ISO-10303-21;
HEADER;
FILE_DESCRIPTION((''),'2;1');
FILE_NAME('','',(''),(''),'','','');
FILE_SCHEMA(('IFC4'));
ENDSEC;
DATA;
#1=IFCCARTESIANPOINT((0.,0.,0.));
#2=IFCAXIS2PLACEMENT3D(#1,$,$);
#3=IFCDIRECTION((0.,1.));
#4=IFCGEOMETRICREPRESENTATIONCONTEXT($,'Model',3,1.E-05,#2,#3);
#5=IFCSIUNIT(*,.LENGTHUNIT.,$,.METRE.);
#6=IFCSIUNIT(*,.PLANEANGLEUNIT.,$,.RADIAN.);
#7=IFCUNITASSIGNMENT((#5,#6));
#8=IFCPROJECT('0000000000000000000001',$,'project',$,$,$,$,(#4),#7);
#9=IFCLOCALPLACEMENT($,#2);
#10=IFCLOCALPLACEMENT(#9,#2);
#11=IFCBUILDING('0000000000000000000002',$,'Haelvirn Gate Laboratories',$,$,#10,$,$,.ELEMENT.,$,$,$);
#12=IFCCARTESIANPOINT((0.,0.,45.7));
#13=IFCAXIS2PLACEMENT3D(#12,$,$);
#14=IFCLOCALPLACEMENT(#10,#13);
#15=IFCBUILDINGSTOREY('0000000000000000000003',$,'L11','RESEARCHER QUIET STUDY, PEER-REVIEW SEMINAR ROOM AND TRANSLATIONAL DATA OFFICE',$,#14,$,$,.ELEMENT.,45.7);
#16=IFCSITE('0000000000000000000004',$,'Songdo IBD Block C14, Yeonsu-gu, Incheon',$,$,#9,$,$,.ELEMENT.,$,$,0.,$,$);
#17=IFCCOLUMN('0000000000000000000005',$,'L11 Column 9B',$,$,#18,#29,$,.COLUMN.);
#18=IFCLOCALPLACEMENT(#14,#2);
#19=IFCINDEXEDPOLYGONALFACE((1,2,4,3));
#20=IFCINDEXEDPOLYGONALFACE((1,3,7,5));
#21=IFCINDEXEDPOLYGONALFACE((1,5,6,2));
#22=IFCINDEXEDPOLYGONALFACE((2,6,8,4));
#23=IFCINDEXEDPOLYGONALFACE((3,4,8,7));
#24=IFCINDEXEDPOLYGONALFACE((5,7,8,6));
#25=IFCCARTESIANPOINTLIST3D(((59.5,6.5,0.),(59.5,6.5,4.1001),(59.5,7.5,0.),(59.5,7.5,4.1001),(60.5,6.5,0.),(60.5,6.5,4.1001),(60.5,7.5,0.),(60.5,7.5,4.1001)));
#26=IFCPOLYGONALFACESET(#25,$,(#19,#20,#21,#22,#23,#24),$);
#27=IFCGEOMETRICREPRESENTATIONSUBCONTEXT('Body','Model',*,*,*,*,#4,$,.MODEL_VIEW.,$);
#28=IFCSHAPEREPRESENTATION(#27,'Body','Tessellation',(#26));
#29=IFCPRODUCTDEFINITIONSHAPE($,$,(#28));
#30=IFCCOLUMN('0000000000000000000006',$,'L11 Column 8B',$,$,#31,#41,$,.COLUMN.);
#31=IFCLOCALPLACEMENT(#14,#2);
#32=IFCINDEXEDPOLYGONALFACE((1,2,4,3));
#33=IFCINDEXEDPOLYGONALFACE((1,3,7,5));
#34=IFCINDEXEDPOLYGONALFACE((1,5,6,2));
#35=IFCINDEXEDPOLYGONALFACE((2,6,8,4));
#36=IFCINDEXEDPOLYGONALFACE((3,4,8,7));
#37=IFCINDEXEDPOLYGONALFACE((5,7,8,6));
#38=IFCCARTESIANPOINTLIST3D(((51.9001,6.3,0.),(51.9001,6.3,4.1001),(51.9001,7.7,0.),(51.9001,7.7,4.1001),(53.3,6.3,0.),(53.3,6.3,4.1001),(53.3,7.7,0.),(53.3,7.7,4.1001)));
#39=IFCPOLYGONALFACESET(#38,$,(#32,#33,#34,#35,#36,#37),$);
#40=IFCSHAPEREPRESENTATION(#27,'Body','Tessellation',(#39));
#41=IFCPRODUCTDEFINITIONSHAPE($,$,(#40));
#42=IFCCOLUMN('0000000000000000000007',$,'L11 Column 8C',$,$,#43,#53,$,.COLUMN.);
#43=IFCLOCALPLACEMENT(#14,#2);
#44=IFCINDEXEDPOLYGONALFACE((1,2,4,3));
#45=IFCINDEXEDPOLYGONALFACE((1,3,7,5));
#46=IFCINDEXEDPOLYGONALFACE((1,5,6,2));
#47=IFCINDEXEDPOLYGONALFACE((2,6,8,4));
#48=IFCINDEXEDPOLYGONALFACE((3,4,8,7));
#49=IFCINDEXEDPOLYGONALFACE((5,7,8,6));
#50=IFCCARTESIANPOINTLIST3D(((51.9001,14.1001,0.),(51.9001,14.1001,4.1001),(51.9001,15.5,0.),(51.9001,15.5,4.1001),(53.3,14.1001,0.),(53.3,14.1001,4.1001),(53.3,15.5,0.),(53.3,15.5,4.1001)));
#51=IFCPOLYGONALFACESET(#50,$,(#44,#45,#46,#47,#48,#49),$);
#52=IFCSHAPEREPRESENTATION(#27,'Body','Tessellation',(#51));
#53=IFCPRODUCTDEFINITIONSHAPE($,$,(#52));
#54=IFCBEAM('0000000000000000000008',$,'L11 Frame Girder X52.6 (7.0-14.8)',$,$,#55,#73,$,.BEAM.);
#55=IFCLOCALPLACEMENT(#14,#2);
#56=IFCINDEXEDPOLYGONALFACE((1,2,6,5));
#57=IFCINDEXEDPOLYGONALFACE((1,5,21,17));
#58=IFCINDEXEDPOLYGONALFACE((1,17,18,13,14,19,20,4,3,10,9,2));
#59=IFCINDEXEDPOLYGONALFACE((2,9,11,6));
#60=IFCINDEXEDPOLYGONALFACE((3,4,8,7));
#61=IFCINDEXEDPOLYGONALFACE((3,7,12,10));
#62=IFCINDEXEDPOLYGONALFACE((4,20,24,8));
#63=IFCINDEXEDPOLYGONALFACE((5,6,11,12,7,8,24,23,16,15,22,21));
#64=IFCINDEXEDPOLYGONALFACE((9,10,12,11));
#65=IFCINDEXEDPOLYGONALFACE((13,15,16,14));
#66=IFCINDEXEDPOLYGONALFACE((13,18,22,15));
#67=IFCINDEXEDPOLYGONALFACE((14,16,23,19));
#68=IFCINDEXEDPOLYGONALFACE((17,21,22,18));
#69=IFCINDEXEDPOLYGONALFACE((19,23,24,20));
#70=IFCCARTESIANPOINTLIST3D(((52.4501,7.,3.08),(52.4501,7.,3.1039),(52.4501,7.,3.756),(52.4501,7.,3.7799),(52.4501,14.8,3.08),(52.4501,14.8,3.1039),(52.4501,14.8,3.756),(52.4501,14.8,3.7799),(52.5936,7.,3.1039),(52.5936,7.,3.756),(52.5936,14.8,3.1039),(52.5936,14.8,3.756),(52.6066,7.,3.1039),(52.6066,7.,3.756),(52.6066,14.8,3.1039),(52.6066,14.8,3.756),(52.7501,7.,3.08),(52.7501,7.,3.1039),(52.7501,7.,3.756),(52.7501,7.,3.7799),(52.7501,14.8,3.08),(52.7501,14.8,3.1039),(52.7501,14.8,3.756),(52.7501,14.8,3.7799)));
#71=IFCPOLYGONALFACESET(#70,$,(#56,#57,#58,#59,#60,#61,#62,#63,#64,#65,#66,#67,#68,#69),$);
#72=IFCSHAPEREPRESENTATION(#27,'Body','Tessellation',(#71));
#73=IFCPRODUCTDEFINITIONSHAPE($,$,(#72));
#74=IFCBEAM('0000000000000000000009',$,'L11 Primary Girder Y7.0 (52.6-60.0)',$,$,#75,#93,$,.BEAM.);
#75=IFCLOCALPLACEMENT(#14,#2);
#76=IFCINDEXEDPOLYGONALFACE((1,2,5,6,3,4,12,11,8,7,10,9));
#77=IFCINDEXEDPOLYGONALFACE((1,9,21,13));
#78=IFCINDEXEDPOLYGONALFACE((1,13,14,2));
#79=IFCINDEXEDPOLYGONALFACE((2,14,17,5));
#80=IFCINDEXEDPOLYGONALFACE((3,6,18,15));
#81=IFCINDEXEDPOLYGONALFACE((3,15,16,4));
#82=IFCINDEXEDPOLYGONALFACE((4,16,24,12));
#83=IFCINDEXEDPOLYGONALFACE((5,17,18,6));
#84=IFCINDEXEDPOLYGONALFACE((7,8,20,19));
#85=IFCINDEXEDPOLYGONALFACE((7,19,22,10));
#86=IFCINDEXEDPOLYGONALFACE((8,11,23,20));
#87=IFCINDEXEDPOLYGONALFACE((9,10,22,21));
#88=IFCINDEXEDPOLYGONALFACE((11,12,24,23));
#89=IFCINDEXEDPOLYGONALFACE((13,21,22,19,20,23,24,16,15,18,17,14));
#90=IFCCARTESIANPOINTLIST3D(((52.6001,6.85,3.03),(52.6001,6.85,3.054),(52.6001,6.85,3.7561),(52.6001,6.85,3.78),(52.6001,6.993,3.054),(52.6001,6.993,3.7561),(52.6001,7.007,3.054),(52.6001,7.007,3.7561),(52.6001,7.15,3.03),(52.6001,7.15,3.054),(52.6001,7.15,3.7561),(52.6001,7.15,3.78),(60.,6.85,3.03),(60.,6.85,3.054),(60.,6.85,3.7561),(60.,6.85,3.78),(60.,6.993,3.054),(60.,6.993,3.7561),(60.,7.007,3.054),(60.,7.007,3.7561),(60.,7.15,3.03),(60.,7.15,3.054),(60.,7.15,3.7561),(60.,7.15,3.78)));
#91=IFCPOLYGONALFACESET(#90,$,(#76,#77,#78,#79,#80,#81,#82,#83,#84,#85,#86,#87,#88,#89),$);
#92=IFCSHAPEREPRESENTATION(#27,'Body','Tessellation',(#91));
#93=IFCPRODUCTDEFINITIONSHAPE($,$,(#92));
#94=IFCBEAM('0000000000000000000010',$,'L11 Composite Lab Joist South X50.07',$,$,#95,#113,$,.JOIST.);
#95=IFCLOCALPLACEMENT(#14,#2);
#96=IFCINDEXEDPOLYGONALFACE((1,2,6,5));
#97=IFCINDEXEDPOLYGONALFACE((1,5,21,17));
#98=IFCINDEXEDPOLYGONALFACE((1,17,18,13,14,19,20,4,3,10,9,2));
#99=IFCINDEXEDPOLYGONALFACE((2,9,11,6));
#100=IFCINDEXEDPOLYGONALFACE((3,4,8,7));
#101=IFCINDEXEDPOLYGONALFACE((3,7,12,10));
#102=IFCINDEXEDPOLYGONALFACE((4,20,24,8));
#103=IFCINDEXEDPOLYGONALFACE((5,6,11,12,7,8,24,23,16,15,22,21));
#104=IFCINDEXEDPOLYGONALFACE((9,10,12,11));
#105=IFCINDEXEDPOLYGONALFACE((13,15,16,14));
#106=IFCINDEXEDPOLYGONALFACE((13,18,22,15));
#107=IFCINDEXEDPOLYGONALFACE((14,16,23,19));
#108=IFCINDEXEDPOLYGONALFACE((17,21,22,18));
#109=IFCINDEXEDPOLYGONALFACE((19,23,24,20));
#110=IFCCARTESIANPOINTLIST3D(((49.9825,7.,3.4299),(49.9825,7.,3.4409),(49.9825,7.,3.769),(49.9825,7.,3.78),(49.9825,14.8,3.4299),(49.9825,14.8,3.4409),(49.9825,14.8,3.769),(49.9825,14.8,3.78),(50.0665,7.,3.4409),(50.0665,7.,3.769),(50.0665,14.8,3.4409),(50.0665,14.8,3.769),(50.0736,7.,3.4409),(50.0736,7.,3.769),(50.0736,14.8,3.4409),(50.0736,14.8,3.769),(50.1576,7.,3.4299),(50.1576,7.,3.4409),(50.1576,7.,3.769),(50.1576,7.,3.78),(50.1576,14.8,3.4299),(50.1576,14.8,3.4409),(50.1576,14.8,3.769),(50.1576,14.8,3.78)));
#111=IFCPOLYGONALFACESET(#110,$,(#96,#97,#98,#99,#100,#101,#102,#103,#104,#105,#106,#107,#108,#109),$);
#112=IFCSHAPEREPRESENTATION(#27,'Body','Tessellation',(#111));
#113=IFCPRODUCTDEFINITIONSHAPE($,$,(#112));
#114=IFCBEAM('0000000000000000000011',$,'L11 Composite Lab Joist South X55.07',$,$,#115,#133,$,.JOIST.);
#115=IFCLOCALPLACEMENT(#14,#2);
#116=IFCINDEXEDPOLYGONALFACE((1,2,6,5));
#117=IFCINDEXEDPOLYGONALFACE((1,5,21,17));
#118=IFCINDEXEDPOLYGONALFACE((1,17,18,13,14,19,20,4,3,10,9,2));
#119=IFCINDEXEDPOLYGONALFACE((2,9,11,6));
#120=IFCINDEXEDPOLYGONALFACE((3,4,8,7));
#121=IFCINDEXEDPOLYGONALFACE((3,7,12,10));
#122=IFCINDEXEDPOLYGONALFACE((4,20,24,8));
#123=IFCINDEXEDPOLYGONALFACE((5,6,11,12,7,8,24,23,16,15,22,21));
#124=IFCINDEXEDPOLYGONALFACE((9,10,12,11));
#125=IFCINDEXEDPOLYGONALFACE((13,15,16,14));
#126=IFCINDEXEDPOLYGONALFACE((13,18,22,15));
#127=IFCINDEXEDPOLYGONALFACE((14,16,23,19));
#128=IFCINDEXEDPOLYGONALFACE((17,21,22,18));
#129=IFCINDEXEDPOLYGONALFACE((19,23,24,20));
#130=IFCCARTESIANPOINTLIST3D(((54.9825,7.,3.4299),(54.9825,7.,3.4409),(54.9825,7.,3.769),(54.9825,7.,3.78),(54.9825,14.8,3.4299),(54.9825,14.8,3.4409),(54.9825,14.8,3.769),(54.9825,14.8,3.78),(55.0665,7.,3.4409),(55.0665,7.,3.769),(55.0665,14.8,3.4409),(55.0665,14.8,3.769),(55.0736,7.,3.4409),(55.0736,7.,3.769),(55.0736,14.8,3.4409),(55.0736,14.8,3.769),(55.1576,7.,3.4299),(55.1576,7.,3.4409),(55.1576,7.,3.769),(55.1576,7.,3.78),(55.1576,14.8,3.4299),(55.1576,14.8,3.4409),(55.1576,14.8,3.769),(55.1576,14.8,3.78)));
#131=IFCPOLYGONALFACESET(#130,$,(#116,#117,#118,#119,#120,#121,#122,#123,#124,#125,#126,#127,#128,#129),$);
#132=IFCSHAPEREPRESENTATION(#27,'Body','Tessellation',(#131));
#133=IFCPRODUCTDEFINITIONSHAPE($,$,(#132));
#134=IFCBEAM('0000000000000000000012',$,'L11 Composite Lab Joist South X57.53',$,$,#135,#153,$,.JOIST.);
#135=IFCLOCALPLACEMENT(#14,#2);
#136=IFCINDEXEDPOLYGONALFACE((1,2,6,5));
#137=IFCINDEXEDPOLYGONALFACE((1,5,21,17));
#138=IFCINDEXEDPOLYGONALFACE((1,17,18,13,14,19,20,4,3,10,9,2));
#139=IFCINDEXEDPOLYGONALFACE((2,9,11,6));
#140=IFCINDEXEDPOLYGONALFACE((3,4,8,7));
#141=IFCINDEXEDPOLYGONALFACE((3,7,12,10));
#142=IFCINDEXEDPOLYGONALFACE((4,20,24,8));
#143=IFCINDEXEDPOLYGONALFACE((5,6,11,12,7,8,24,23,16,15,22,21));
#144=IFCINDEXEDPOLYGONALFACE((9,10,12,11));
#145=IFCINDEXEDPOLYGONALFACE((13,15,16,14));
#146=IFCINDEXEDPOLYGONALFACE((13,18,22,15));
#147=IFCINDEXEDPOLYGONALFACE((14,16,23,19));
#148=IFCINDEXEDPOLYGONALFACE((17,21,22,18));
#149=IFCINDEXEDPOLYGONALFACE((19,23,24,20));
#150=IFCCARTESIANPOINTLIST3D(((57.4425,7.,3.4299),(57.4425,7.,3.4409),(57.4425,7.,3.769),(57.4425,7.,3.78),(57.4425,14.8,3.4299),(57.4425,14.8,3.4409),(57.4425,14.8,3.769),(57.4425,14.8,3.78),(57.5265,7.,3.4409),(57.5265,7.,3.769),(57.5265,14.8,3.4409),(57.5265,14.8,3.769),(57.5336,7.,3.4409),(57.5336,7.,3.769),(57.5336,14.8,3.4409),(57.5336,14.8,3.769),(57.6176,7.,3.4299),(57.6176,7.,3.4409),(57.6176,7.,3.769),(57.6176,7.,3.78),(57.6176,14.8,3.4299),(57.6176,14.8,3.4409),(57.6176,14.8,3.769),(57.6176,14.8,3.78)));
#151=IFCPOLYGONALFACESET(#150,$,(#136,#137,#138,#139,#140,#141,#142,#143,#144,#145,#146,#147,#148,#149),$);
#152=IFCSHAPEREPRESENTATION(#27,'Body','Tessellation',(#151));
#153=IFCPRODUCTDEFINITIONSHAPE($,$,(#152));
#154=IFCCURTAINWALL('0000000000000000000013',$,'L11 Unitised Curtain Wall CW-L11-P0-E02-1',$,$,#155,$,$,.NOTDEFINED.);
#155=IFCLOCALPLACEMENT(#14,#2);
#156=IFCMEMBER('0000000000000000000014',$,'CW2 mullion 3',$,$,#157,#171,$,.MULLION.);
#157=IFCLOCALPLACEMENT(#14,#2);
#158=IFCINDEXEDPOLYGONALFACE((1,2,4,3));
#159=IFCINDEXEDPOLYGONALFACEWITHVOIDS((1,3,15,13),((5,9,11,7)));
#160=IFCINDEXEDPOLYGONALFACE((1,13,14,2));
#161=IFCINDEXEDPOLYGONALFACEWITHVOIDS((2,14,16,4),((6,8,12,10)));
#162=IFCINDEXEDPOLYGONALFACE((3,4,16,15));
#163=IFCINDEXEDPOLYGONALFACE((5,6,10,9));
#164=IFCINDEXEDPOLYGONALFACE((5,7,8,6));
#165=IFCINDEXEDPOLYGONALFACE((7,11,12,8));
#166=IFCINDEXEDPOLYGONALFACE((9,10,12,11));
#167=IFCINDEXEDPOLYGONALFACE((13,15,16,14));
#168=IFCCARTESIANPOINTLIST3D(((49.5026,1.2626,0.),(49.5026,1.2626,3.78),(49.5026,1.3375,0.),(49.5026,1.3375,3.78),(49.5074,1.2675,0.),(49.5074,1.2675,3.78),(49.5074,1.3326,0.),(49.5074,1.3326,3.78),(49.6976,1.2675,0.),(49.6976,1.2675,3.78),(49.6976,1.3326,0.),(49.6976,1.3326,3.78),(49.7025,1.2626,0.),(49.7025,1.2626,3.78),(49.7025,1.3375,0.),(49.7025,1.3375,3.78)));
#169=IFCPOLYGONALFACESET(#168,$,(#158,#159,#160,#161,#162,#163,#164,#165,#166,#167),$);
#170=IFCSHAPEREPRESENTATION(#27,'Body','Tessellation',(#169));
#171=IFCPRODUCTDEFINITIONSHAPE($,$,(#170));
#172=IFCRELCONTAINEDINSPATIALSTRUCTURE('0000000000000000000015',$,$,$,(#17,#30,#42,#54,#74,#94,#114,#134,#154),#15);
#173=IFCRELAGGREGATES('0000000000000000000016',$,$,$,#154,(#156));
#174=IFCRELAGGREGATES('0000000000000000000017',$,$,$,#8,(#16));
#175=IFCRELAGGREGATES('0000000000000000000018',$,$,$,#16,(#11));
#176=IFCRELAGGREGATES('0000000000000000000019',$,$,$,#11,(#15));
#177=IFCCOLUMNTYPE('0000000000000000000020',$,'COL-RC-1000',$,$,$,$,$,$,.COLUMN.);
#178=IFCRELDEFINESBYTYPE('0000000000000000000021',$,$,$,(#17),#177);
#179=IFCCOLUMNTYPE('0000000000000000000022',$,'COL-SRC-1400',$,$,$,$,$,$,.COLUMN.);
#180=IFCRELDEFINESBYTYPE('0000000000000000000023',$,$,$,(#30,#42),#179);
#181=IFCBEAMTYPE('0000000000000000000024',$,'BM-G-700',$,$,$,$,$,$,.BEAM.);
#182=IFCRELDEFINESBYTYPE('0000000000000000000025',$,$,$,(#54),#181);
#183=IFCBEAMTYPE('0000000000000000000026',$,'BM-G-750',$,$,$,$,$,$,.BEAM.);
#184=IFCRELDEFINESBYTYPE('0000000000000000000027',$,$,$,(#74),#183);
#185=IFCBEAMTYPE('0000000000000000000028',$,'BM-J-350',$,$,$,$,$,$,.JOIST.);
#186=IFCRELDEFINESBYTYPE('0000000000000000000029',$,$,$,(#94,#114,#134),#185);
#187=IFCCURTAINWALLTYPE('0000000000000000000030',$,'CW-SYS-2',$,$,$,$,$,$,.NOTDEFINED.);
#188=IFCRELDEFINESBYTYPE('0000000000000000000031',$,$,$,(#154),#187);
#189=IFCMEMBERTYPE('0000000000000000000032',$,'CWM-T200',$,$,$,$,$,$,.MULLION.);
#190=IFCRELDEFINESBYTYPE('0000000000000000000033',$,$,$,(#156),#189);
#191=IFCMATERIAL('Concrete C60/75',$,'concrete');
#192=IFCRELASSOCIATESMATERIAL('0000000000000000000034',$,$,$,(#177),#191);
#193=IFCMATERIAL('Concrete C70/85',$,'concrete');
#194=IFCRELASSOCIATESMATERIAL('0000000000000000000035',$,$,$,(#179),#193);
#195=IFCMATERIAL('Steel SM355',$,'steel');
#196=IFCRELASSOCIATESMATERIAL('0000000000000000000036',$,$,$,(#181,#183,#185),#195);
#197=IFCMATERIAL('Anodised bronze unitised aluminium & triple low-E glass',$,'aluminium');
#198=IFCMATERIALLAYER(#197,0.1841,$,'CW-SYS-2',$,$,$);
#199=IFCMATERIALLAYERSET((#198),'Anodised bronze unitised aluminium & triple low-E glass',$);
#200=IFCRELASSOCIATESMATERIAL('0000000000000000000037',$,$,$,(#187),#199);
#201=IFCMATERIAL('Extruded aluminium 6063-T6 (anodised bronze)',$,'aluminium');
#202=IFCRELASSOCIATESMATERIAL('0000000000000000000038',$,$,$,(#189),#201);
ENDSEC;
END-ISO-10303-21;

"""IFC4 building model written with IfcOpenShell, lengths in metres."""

from ifc_helpers import new_model, si_unit, direction, frame, origin, origin_2d, place, context, subcontext, project, spatial, rectangle, hollow_rectangle, i_section, extrude, source, transform, mapped, material, layer, layer_set, material_profile, profile_set, type_object, type_shapes, element, aggregate, save


model = new_model("IFC4")

# Units and contexts
model_context = context("Model", 3, precision=1e-05, world=origin(), true_north=direction((0.0, 1.0)))
body_context = subcontext(model_context, "Body", "Model", "MODEL_VIEW")
ifc_project = project(units=[si_unit("LENGTHUNIT", "METRE"), si_unit("PLANEANGLEUNIT", "RADIAN")], contexts=[model_context])

# Site, building, storey
site_placement = place(None, origin())
site = spatial("IfcSite", under=ifc_project, at=site_placement, Name="Songdo IBD Block C14, Yeonsu-gu, Incheon", CompositionType="ELEMENT", RefElevation=0.0)
building_placement = place(site_placement, origin())
building = spatial("IfcBuilding", under=site, at=building_placement, Name="Haelvirn Gate Laboratories", CompositionType="ELEMENT")
storey_placement = place(building_placement, frame((0.0, 0.0, 45.7)))
storey = spatial("IfcBuildingStorey", under=building, at=storey_placement, Name="L11", Description="RESEARCHER QUIET STUDY, PEER-REVIEW SEMINAR ROOM AND TRANSLATIONAL DATA OFFICE", CompositionType="ELEMENT", Elevation=45.7)

# Columns
ifc_material_1 = material(Name="Concrete C60/75", Category="concrete")
ifc_material_profile_1 = material_profile(ifc_material_1, rectangle(XDim=1.0, YDim=1.0, at=origin_2d()), Name="RC-1000x1000")
ifc_profile_set_1 = profile_set([ifc_material_profile_1], Name="Concrete C60/75")
column_type_1 = type_object("IfcColumnType", Name="COL-RC-1000", PredefinedType="COLUMN", material=ifc_profile_set_1)
shared_shape_1 = source(origin(), body_context, "Body", "SweptSolid", [
    extrude(rectangle(XDim=1.0, YDim=1.0, at=origin_2d()), origin(), (0.0, 0.0, 1.0), 4.1001),
])
type_shapes(column_type_1, [shared_shape_1])
column_placement = place(storey_placement, frame((60.0, 7.0, 0.0), z_axis=(0.0, 0.0, 1.0), x_axis=(1.0, 0.0, 0.0)))
element("IfcColumn", 1, at=column_placement, inside=storey, type_object=column_type_1, Name="L11 Column 9B", PredefinedType="COLUMN", context=body_context, shape_type="MappedRepresentation", body=[
    mapped(shared_shape_1, transform((0.0, 0.0, 0.0), scale=1.0)),
])
ifc_material_2 = material(Name="Concrete C70/85", Category="concrete")
ifc_material_profile_2 = material_profile(ifc_material_2, rectangle(XDim=1.3999, YDim=1.3999, at=origin_2d()), Name="SRC-1400x1400")
ifc_profile_set_2 = profile_set([ifc_material_profile_2], Name="Concrete C70/85")
column_type_2 = type_object("IfcColumnType", Name="COL-SRC-1400", PredefinedType="COLUMN", material=ifc_profile_set_2)
shared_shape_2 = source(origin(), body_context, "Body", "SweptSolid", [
    extrude(rectangle(XDim=1.3999, YDim=1.3999, at=origin_2d()), origin(), (0.0, 0.0, 1.0), 4.1001),
])
type_shapes(column_type_2, [shared_shape_2])
for number, where, z_axis, x_axis, name in (
    (2, (52.6001, 7.0, 0.0), (0.0, 0.0, 1.0), (1.0, 0.0, 0.0), "L11 Column 8B"),
    (3, (52.6001, 14.8, 0.0), (0.0, 0.0, 1.0), (1.0, 0.0, 0.0), "L11 Column 8C"),
):
    element("IfcColumn", number, at=place(storey_placement, frame(where, z_axis=z_axis, x_axis=x_axis)), inside=storey, type_object=column_type_2, Name=name, PredefinedType="COLUMN", context=body_context, shape_type="MappedRepresentation", body=[
        mapped(shared_shape_2, transform((0.0, 0.0, 0.0), scale=1.0)),
    ])

# Beams
ifc_material_3 = material(Name="Steel SM355", Category="steel")
ifc_material_profile_3 = material_profile(ifc_material_3, i_section(OverallWidth=0.3, OverallDepth=0.7, WebThickness=0.0129, FlangeThickness=0.0239, at=origin_2d()), Name="H-700x300x13x24")
ifc_profile_set_3 = profile_set([ifc_material_profile_3], Name="Steel SM355")
beam_type_1 = type_object("IfcBeamType", Name="BM-G-700", PredefinedType="BEAM", material=ifc_profile_set_3)
shared_shape_3 = source(origin(), body_context, "Body", "SweptSolid", [
    extrude(i_section(OverallWidth=0.3, OverallDepth=0.7, WebThickness=0.0129, FlangeThickness=0.0239, at=origin_2d()), origin(), (0.0, 0.0, 1.0), 7.8),
])
type_shapes(beam_type_1, [shared_shape_3])
beam_1_placement = place(storey_placement, frame((52.6001, 7.0, 3.4299), z_axis=(0.0, 1.0, 0.0), x_axis=(-1.0, 0.0, 0.0)))
element("IfcBeam", 4, at=beam_1_placement, inside=storey, type_object=beam_type_1, Name="L11 Frame Girder X52.6 (7.0-14.8)", PredefinedType="BEAM", context=body_context, shape_type="MappedRepresentation", body=[
    mapped(shared_shape_3, transform((0.0, 0.0, 0.0), scale=1.0)),
])
ifc_material_profile_4 = material_profile(ifc_material_3, i_section(OverallWidth=0.3, OverallDepth=0.75, WebThickness=0.0139, FlangeThickness=0.0239, at=origin_2d()), Name="H-750x300x14x24")
ifc_profile_set_4 = profile_set([ifc_material_profile_4], Name="Steel SM355")
beam_type_2 = type_object("IfcBeamType", Name="BM-G-750", PredefinedType="BEAM", material=ifc_profile_set_4)
shared_shape_4 = source(origin(), body_context, "Body", "SweptSolid", [
    extrude(i_section(OverallWidth=0.3, OverallDepth=0.75, WebThickness=0.0139, FlangeThickness=0.0239, at=origin_2d()), origin(), (0.0, 0.0, 1.0), 7.3999),
])
type_shapes(beam_type_2, [shared_shape_4])
beam_2_placement = place(storey_placement, frame((52.6001, 7.0, 3.405), z_axis=(1.0, 0.0, 0.0), x_axis=(0.0, 1.0, 0.0)))
element("IfcBeam", 5, at=beam_2_placement, inside=storey, type_object=beam_type_2, Name="L11 Primary Girder Y7.0 (52.6-60.0)", PredefinedType="BEAM", context=body_context, shape_type="MappedRepresentation", body=[
    mapped(shared_shape_4, transform((0.0, 0.0, 0.0), scale=1.0)),
])
ifc_material_profile_5 = material_profile(ifc_material_3, i_section(OverallWidth=0.175, OverallDepth=0.3501, WebThickness=0.0071, FlangeThickness=0.011, at=origin_2d()), Name="H-350x175x7x11")
ifc_profile_set_5 = profile_set([ifc_material_profile_5], Name="Steel SM355")
beam_type_3 = type_object("IfcBeamType", Name="BM-J-350", PredefinedType="JOIST", material=ifc_profile_set_5)
shared_shape_5 = source(origin(), body_context, "Body", "SweptSolid", [
    extrude(i_section(OverallWidth=0.175, OverallDepth=0.3501, WebThickness=0.0071, FlangeThickness=0.011, at=origin_2d()), origin(), (0.0, 0.0, 1.0), 7.8),
])
type_shapes(beam_type_3, [shared_shape_5])
for number, where, z_axis, x_axis, name in (
    (6, (50.0701, 7.0, 3.605), (0.0, 1.0, 0.0), (-1.0, 0.0, 0.0), "L11 Composite Lab Joist South X50.07"),
    (7, (55.0701, 7.0, 3.605), (0.0, 1.0, 0.0), (-1.0, 0.0, 0.0), "L11 Composite Lab Joist South X55.07"),
    (8, (57.53, 7.0, 3.605), (0.0, 1.0, 0.0), (-1.0, 0.0, 0.0), "L11 Composite Lab Joist South X57.53"),
):
    element("IfcBeam", number, at=place(storey_placement, frame(where, z_axis=z_axis, x_axis=x_axis)), inside=storey, type_object=beam_type_3, Name=name, PredefinedType="JOIST", context=body_context, shape_type="MappedRepresentation", body=[
        mapped(shared_shape_5, transform((0.0, 0.0, 0.0), scale=1.0)),
    ])

# Curtain wall, member
ifc_material_4 = material(Name="Anodised bronze unitised aluminium & triple low-E glass", Category="aluminium")
ifc_layer_1 = layer(ifc_material_4, 0.1841, Name="CW-SYS-2")
ifc_layer_set_1 = layer_set([ifc_layer_1], Name="Anodised bronze unitised aluminium & triple low-E glass")
curtain_wall_type = type_object("IfcCurtainWallType", Name="CW-SYS-2", PredefinedType="NOTDEFINED", material=ifc_layer_set_1)
curtain_wall_1_placement = place(storey_placement, origin())
curtain_wall_1 = element("IfcCurtainWall", 9, at=curtain_wall_1_placement, inside=storey, type_object=curtain_wall_type, Name="L11 Unitised Curtain Wall CW-L11-P0-E02-1", PredefinedType="NOTDEFINED")
ifc_material_5 = material(Name="Extruded aluminium 6063-T6 (anodised bronze)", Category="aluminium")
ifc_material_profile_6 = material_profile(ifc_material_5, hollow_rectangle(XDim=0.075, YDim=0.2, WallThickness=0.0049, at=origin_2d()), Name="CWM-200x75x5")
ifc_profile_set_6 = profile_set([ifc_material_profile_6], Name="Extruded aluminium 6063-T6 (anodised bronze)")
member_type = type_object("IfcMemberType", Name="CWM-T200", PredefinedType="MULLION", material=ifc_profile_set_6)
shared_shape_6 = source(origin(), body_context, "Body", "SweptSolid", [
    extrude(hollow_rectangle(XDim=0.075, YDim=0.2, WallThickness=0.0049, at=origin_2d()), origin(), (0.0, 0.0, 1.0), 3.78),
])
type_shapes(member_type, [shared_shape_6])
member_placement = place(storey_placement, frame((49.6025, 1.3, 0.0), z_axis=(0.0, 0.0, 1.0), x_axis=(0.0, 1.0, 0.0)))
member = element("IfcMember", 10, at=member_placement, type_object=member_type, Name="CW2 mullion 3", PredefinedType="MULLION", context=body_context, shape_type="MappedRepresentation", body=[
    mapped(shared_shape_6, transform((0.0, 0.0, 0.0), scale=1.0)),
])
aggregate(curtain_wall_1, [member])

save(model, "model.ifc")
